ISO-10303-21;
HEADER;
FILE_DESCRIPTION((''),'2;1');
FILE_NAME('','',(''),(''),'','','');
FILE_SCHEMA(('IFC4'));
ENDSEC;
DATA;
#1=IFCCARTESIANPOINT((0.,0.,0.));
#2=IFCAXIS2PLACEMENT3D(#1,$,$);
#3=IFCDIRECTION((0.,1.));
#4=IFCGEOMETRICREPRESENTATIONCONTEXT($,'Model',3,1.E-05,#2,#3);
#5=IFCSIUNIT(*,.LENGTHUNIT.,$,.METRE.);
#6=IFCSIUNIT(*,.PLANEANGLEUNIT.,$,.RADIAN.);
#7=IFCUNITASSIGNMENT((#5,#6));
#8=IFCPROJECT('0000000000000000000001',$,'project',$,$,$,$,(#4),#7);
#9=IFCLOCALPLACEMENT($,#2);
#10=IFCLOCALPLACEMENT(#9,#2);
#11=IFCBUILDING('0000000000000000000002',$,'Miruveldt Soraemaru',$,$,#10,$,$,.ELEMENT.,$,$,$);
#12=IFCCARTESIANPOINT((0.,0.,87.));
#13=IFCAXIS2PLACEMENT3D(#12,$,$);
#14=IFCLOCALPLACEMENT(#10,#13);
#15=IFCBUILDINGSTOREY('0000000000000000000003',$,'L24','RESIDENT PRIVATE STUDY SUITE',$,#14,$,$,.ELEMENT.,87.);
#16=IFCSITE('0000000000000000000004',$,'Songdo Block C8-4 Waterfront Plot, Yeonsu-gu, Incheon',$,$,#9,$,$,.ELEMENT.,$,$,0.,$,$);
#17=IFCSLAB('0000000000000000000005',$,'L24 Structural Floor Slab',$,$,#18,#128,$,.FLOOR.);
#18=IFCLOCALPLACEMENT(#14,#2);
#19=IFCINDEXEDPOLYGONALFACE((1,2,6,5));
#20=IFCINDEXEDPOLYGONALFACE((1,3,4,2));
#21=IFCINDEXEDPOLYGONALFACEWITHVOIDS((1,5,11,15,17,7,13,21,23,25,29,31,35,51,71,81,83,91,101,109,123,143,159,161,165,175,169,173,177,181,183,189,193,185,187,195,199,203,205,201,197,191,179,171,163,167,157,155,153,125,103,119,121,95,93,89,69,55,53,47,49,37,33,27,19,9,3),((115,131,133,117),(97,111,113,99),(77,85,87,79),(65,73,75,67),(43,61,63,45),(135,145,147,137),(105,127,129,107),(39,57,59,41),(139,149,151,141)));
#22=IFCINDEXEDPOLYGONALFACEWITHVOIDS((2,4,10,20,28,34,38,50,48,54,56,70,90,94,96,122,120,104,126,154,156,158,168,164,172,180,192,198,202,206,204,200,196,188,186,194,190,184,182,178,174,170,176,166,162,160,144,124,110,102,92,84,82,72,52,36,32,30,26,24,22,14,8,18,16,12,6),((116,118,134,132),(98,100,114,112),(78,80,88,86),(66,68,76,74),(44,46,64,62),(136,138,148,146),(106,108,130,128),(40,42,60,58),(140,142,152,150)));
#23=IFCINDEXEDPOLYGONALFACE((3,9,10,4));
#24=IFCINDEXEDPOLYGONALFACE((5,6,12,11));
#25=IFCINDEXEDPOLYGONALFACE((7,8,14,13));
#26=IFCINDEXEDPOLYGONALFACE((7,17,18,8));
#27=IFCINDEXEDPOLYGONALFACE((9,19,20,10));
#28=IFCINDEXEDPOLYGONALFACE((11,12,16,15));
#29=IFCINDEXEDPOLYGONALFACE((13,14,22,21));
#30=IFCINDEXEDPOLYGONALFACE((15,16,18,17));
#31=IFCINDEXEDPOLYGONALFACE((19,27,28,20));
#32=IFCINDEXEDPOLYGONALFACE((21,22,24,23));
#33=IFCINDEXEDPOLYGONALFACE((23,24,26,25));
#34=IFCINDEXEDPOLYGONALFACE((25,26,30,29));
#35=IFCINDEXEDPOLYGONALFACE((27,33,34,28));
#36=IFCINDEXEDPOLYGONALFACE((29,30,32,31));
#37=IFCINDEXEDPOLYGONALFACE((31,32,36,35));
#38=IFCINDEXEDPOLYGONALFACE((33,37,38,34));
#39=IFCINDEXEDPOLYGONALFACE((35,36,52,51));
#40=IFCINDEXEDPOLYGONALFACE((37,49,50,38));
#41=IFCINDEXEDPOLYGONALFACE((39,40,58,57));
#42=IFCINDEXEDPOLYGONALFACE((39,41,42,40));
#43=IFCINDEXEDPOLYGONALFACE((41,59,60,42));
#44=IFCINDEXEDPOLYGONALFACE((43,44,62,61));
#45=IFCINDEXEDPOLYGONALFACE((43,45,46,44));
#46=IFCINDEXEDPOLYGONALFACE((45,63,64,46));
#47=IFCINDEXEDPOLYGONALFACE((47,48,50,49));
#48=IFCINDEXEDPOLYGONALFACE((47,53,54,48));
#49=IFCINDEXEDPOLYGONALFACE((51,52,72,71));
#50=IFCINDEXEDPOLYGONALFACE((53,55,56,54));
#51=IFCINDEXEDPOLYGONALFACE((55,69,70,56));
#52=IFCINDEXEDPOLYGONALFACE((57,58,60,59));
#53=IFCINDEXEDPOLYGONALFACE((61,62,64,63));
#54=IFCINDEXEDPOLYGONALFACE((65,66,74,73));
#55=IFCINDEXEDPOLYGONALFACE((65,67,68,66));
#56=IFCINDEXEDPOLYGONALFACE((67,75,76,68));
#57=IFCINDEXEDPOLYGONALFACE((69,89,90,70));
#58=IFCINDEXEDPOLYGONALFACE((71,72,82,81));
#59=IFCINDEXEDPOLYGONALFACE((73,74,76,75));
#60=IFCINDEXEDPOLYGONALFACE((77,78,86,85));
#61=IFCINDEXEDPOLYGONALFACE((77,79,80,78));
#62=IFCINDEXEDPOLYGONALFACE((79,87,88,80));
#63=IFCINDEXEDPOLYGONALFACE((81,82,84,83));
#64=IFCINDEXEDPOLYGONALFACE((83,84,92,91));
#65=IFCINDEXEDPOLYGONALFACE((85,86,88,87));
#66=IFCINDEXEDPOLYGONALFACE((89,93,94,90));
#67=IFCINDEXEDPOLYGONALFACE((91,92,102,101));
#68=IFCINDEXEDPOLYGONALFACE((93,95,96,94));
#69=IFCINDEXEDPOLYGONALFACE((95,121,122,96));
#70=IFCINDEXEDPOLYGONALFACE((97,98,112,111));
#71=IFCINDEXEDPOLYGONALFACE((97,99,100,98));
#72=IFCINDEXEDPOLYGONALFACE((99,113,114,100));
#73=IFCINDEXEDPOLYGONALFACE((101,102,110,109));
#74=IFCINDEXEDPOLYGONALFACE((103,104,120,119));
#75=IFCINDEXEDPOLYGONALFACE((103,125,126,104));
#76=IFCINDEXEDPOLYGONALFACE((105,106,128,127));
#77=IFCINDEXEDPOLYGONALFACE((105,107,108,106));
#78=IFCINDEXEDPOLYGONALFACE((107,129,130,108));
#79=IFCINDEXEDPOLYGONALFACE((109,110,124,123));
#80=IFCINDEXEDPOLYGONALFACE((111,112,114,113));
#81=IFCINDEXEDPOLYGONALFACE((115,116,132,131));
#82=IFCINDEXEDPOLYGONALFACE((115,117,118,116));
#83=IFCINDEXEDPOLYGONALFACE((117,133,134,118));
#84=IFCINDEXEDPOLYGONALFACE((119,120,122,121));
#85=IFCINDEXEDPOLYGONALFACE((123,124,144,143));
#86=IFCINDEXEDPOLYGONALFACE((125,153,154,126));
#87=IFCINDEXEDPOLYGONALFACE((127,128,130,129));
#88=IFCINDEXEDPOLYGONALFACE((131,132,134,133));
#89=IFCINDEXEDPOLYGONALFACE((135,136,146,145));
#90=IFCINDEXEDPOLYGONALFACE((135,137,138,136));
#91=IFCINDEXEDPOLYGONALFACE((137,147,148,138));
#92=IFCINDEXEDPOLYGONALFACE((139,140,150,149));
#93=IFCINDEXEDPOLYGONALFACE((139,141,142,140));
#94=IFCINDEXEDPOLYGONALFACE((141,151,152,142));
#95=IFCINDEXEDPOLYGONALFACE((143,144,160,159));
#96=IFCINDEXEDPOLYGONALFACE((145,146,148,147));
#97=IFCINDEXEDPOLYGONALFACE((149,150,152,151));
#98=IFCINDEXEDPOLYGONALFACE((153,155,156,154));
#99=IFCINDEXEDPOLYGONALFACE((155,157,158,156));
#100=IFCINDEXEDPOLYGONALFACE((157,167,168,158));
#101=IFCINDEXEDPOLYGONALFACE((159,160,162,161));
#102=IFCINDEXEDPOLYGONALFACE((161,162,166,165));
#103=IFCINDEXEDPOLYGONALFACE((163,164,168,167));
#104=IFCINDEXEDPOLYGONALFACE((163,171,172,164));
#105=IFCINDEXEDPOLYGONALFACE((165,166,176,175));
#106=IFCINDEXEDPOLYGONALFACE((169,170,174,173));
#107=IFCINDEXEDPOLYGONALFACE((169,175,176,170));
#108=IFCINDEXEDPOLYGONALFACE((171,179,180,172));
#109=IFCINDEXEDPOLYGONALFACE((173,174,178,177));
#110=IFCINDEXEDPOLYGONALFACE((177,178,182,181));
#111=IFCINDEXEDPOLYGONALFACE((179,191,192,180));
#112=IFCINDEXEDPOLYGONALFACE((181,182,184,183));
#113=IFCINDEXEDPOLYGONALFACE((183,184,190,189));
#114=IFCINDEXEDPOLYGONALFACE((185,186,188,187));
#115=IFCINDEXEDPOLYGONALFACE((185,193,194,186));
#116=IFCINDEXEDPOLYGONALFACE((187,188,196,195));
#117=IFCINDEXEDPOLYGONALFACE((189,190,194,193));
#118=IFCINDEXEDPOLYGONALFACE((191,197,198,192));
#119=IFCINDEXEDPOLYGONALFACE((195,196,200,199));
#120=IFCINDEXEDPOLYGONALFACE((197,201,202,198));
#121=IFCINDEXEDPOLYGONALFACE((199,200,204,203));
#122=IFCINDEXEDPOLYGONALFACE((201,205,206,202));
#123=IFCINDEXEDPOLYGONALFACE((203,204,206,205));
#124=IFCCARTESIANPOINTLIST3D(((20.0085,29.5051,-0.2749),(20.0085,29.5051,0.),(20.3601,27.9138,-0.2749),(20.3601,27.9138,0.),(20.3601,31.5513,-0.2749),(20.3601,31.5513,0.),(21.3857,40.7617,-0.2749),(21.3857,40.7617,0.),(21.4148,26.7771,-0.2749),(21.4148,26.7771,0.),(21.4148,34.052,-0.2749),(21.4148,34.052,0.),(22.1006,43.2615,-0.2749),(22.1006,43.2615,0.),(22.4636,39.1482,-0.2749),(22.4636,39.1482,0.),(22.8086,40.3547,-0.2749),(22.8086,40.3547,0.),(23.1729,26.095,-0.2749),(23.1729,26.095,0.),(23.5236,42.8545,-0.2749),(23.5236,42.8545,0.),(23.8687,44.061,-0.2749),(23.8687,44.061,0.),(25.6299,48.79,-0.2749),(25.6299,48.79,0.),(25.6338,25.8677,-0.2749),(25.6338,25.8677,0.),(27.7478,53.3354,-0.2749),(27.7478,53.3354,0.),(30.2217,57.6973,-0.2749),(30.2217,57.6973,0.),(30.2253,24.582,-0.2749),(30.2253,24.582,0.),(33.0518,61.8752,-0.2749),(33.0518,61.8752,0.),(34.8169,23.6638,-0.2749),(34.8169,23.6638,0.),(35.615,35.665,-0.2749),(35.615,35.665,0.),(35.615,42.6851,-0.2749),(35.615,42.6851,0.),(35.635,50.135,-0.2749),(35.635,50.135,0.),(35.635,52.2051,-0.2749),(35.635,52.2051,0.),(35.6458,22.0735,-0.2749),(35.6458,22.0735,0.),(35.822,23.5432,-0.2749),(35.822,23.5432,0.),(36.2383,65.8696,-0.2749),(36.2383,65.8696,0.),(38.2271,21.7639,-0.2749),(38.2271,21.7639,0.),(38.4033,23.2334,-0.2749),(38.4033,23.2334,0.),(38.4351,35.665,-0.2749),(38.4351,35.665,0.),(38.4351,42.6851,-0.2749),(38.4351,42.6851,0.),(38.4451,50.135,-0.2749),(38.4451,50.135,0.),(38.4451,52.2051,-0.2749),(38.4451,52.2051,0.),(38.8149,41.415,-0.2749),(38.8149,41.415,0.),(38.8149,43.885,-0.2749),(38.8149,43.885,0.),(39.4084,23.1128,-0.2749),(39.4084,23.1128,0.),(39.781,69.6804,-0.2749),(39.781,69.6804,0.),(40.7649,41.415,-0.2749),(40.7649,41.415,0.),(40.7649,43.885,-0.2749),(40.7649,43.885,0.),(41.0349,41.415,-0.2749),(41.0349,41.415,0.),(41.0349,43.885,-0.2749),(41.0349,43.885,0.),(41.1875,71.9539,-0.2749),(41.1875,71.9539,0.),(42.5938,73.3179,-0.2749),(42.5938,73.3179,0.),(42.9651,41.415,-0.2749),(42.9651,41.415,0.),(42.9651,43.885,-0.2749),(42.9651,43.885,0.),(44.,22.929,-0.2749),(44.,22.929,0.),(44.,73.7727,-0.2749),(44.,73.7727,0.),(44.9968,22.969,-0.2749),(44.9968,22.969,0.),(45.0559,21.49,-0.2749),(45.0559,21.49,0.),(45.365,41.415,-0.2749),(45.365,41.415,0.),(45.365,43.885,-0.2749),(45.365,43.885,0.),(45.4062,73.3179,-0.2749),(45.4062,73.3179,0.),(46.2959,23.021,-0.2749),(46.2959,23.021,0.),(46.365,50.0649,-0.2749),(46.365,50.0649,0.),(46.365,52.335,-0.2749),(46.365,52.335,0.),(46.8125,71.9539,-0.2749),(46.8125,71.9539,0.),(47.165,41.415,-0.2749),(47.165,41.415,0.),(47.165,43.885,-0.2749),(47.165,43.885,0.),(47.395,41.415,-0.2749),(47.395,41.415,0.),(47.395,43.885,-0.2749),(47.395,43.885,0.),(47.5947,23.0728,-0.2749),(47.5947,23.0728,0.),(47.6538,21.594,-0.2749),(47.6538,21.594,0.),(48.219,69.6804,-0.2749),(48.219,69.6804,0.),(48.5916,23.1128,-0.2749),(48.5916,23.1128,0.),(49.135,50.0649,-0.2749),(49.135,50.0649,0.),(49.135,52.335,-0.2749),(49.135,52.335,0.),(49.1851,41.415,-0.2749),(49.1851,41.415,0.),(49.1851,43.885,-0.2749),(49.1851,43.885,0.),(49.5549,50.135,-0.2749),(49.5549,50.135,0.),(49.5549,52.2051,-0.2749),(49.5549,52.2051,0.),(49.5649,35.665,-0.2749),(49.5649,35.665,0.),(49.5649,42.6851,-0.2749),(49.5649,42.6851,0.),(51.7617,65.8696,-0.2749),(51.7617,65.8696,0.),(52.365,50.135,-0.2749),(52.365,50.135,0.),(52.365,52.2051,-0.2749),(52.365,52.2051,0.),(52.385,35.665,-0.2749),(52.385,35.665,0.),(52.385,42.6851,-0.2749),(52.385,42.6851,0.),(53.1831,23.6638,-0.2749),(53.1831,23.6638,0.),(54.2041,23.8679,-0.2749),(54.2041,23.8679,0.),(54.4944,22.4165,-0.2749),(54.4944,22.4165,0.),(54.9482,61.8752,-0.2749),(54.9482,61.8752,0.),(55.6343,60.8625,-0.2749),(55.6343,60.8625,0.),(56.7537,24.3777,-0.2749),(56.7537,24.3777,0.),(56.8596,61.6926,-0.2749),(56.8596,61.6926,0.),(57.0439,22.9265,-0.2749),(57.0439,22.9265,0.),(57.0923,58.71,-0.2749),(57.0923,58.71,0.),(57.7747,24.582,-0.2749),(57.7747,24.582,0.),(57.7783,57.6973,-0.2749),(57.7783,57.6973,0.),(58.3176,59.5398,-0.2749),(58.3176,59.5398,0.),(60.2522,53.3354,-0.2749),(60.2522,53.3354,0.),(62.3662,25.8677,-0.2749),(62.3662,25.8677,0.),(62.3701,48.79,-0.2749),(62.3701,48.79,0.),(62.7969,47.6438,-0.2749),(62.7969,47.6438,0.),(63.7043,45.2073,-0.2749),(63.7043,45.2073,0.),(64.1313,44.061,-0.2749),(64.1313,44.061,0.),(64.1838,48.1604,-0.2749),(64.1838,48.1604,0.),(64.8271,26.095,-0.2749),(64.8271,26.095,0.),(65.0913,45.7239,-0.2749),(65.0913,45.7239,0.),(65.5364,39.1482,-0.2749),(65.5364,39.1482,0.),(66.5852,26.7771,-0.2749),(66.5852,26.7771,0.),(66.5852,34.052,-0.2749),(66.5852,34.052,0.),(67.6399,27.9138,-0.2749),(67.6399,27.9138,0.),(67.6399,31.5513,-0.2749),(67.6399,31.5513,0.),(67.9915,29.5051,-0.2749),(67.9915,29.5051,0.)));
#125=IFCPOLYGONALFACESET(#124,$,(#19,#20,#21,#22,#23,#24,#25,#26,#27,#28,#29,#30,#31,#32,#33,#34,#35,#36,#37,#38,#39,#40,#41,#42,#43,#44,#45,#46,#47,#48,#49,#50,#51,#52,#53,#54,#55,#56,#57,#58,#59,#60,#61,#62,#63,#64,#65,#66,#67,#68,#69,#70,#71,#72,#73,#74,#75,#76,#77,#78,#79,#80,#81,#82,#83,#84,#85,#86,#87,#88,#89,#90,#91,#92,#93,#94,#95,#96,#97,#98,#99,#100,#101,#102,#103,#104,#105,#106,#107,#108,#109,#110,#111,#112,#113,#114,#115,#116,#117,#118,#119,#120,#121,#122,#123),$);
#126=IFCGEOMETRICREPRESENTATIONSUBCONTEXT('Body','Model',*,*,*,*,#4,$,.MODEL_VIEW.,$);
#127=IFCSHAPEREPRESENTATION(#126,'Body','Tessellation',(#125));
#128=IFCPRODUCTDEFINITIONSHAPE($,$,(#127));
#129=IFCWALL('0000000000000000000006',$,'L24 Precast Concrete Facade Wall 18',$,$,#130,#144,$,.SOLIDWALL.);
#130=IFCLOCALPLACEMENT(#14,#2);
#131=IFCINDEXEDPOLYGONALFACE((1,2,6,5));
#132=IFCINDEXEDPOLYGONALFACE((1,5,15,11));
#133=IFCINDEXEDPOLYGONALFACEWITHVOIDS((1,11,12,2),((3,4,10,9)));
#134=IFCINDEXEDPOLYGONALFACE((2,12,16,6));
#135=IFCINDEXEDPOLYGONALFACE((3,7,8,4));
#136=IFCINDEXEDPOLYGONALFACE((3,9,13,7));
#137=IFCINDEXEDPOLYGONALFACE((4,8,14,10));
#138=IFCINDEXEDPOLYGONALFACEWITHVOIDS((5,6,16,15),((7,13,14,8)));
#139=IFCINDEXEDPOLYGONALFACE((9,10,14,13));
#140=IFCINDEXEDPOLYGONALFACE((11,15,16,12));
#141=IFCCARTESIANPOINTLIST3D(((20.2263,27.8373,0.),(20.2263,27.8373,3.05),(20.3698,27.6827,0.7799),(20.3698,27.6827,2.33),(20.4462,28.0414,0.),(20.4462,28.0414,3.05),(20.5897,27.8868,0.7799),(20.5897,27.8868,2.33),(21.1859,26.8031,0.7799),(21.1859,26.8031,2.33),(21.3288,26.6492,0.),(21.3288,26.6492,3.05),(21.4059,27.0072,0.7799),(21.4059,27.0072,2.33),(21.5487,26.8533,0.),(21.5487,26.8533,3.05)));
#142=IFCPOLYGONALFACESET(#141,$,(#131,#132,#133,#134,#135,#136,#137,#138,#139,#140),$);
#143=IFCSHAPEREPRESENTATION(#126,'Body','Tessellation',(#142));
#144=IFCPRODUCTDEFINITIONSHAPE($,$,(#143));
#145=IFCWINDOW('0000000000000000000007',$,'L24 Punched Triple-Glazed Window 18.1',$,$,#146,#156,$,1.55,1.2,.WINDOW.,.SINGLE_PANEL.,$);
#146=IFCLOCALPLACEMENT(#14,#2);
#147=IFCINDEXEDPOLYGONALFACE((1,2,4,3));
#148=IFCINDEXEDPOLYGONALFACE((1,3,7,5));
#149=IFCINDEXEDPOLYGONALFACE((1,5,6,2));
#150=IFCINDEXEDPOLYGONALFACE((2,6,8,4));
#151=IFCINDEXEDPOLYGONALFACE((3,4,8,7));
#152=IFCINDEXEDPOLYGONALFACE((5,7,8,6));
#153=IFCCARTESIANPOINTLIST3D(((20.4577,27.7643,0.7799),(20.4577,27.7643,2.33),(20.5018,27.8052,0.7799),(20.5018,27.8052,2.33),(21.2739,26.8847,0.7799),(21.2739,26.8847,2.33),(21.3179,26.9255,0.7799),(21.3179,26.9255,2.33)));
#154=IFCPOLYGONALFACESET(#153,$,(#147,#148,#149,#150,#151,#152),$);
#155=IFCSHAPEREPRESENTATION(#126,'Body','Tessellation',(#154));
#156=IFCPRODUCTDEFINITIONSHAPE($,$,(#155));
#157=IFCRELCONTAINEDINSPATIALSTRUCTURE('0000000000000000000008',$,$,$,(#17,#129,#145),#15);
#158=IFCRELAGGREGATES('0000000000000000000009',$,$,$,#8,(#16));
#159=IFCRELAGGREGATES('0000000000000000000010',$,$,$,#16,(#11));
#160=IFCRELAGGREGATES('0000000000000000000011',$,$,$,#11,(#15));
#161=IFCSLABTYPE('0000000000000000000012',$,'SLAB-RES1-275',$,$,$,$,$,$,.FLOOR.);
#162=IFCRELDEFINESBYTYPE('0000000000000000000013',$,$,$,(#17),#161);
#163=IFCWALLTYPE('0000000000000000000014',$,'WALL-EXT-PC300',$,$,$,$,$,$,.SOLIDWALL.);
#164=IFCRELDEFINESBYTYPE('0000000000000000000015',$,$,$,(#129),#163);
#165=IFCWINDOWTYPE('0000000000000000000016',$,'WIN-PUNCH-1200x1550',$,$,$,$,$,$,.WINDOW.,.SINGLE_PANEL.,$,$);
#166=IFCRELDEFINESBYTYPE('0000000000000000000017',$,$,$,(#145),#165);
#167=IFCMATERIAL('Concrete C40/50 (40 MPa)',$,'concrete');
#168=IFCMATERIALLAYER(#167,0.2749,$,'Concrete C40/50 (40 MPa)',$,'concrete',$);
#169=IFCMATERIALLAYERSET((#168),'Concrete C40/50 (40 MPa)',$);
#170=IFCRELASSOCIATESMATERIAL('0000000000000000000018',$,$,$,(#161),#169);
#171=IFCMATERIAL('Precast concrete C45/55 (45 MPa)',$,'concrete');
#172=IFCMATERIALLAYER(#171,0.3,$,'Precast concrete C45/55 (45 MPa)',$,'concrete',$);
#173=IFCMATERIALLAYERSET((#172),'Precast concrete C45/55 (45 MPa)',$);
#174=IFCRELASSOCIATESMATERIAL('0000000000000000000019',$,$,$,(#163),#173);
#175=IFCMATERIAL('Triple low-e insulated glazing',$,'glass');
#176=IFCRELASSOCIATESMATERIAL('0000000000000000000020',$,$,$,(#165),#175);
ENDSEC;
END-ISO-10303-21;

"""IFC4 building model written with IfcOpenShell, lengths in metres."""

from ifc_helpers import new_model, si_unit, direction, frame, frame_2d, origin, place, context, subcontext, project, spatial, polyline, rectangle, outline, extrude, material, layer, layer_set, type_object, element, fill, save


model = new_model("IFC4")

# Units and contexts
model_context = context("Model", 3, precision=1e-05, world=origin(), true_north=direction((0.0, 1.0)))
body_context = subcontext(model_context, "Body", "Model", "MODEL_VIEW")
ifc_project = project(units=[si_unit("LENGTHUNIT", "METRE"), si_unit("PLANEANGLEUNIT", "RADIAN")], contexts=[model_context])

# Site, building, storey
site_placement = place(None, origin())
site = spatial("IfcSite", under=ifc_project, at=site_placement, Name="Songdo Block C8-4 Waterfront Plot, Yeonsu-gu, Incheon", CompositionType="ELEMENT", RefElevation=0.0)
building_placement = place(site_placement, origin())
building = spatial("IfcBuilding", under=site, at=building_placement, Name="Miruveldt Soraemaru", CompositionType="ELEMENT")
storey_placement = place(building_placement, frame((0.0, 0.0, 87.0)))
storey = spatial("IfcBuildingStorey", under=building, at=storey_placement, Name="L24", Description="RESIDENT PRIVATE STUDY SUITE", CompositionType="ELEMENT", Elevation=87.0)

# Shared definitions
ifc_material_1 = material(Name="Concrete C40/50 (40 MPa)", Category="concrete")

# Slab
ifc_layer_1 = layer(ifc_material_1, 0.2749, Name="Concrete C40/50 (40 MPa)", Category="concrete")
ifc_layer_set_1 = layer_set([ifc_layer_1], Name="Concrete C40/50 (40 MPa)")
slab_type_1 = type_object("IfcSlabType", Name="SLAB-RES1-275", PredefinedType="FLOOR", material=ifc_layer_set_1)
slab_1_placement = place(storey_placement, frame((0.0, 0.0, -0.2749)))
element("IfcSlab", 1, at=slab_1_placement, inside=storey, type_object=slab_type_1, Name="L24 Structural Floor Slab", PredefinedType="FLOOR", context=body_context, shape_type="SweptSolid", body=[
    extrude(outline(polyline([(45.0559, 21.49), (44.9968, 22.969), (44.0, 22.929), (39.4084, 23.1128), (37.1128, 23.3882), (38.4033, 23.2334), (38.2271, 21.7639), (35.6458, 22.0735), (35.822, 23.5432), (34.8169, 23.6638), (30.2253, 24.582), (25.6338, 25.8677), (23.1729, 26.095), (21.4148, 26.7771), (20.3601, 27.9138), (20.0085, 29.5051), (20.3601, 31.5513), (21.4148, 34.052), (22.4636, 39.1482), (22.8086, 40.3547), (21.3857, 40.7617), (22.1006, 43.2615), (23.5237, 42.8545), (23.166, 41.6045), (23.8687, 44.061), (25.6299, 48.79), (27.7478, 53.3354), (30.2217, 57.6973), (33.0518, 61.8752), (36.2383, 65.8696), (39.781, 69.6804), (41.1875, 71.9539), (42.5938, 73.3179), (44.0, 73.7727), (45.4062, 73.3179), (46.8125, 71.9539), (48.219, 69.6804), (51.7617, 65.8696), (54.9482, 61.8752), (55.6343, 60.8625), (56.8596, 61.6926), (58.3176, 59.5398), (57.0923, 58.71), (57.7783, 57.6973), (60.2522, 53.3354), (62.3701, 48.79), (62.7969, 47.6438), (64.1838, 48.1604), (65.0913, 45.7239), (63.7043, 45.2073), (63.2505, 46.4255), (64.1313, 44.061), (65.5364, 39.1482), (66.5852, 34.052), (67.6399, 31.5513), (67.9915, 29.5051), (67.6399, 27.9138), (66.5852, 26.7771), (64.8271, 26.095), (62.3662, 25.8677), (57.7747, 24.582), (56.7537, 24.3777), (57.0439, 22.9265), (54.4944, 22.4165), (54.2041, 23.8679), (53.1831, 23.6638), (48.5916, 23.1128), (46.2959, 23.021), (47.5947, 23.0728), (47.6538, 21.594), (45.0559, 21.49)]), holes=[polyline([(35.615, 35.665), (38.4351, 35.665), (38.4351, 42.6851), (35.615, 42.6851), (35.615, 35.665)]), polyline([(49.5649, 35.665), (52.385, 35.665), (52.385, 42.6851), (49.5649, 42.6851), (49.5649, 35.665)]), polyline([(40.7649, 41.415), (40.7649, 43.885), (38.8149, 43.885), (38.8149, 41.415), (40.7649, 41.415)]), polyline([(42.9651, 41.415), (42.9651, 43.885), (41.0349, 43.885), (41.0349, 41.415), (42.9651, 41.415)]), polyline([(47.165, 41.415), (47.165, 43.885), (45.365, 43.885), (45.365, 41.415), (47.165, 41.415)]), polyline([(49.1851, 41.415), (49.1851, 43.885), (47.395, 43.885), (47.395, 41.415), (49.1851, 41.415)]), polyline([(38.4451, 50.135), (38.4451, 52.2051), (35.635, 52.2051), (35.635, 50.135), (38.4451, 50.135)]), polyline([(49.5549, 50.135), (52.365, 50.135), (52.365, 52.2051), (49.5549, 52.2051), (49.5549, 50.135)]), polyline([(46.365, 50.0649), (49.135, 50.0649), (49.135, 52.335), (46.365, 52.335), (46.365, 50.0649)])]), origin(), (0.0, 0.0, 1.0), 0.2749),
])

# Wall, opening, window
ifc_material_2 = material(Name="Precast concrete C45/55 (45 MPa)", Category="concrete")
ifc_layer_2 = layer(ifc_material_2, 0.3, Name="Precast concrete C45/55 (45 MPa)", Category="concrete")
ifc_layer_set_2 = layer_set([ifc_layer_2], Name="Precast concrete C45/55 (45 MPa)")
wall_type_1 = type_object("IfcWallType", Name="WALL-EXT-PC300", PredefinedType="SOLIDWALL", material=ifc_layer_set_2)
wall_1_placement = place(storey_placement, frame((20.3362, 27.9395, 0.0), z_axis=(0.0, 0.0, 1.0), x_axis=(0.68018, -0.733046, 0.0)))
wall_1 = element("IfcWall", 2, at=wall_1_placement, inside=storey, type_object=wall_type_1, Name="L24 Precast Concrete Facade Wall 18", PredefinedType="SOLIDWALL", context=body_context, shape_type="SweptSolid", body=[
    extrude(rectangle(XDim=1.6208, YDim=0.3, at=frame_2d((0.8105, 0.0))), origin(), (0.0, 0.0, 1.0), 3.05),
])
opening_1_placement = place(wall_1_placement, frame((0.2109, 0.0, 0.78)))
opening_1 = element("IfcOpeningElement", 3, at=opening_1_placement, cuts=wall_1, PredefinedType="OPENING", context=body_context, shape_type="SweptSolid", body=[
    extrude(rectangle(XDim=1.2, YDim=1.55, at=frame_2d((0.6001, 0.7749))), frame((0.0, 0.1602, 0.0), z_axis=(0.0, -1.0, 0.0), x_axis=(1.0, 0.0, 0.0)), (0.0, 0.0, 1.0), 0.3201),
])
ifc_material_3 = material(Name="Triple low-e insulated glazing", Category="glass")
window_type_1 = type_object("IfcWindowType", Name="WIN-PUNCH-1200x1550", PartitioningType="SINGLE_PANEL", PredefinedType="WINDOW", material=ifc_material_3)
window_1_placement = place(opening_1_placement, origin())
window_1 = element("IfcWindow", 4, at=window_1_placement, inside=storey, type_object=window_type_1, Name="L24 Punched Triple-Glazed Window 18.1", OverallHeight=1.55, OverallWidth=1.2, PartitioningType="SINGLE_PANEL", PredefinedType="WINDOW", context=body_context, shape_type="SweptSolid", body=[
    extrude(rectangle(XDim=1.2, YDim=1.55, at=frame_2d((0.6001, 0.7749))), frame((0.0, 0.03, 0.0), z_axis=(0.0, -1.0, 0.0), x_axis=(1.0, 0.0, 0.0)), (0.0, 0.0, 1.0), 0.0601),
])
fill(opening_1, window_1)

save(model, "model.ifc")
